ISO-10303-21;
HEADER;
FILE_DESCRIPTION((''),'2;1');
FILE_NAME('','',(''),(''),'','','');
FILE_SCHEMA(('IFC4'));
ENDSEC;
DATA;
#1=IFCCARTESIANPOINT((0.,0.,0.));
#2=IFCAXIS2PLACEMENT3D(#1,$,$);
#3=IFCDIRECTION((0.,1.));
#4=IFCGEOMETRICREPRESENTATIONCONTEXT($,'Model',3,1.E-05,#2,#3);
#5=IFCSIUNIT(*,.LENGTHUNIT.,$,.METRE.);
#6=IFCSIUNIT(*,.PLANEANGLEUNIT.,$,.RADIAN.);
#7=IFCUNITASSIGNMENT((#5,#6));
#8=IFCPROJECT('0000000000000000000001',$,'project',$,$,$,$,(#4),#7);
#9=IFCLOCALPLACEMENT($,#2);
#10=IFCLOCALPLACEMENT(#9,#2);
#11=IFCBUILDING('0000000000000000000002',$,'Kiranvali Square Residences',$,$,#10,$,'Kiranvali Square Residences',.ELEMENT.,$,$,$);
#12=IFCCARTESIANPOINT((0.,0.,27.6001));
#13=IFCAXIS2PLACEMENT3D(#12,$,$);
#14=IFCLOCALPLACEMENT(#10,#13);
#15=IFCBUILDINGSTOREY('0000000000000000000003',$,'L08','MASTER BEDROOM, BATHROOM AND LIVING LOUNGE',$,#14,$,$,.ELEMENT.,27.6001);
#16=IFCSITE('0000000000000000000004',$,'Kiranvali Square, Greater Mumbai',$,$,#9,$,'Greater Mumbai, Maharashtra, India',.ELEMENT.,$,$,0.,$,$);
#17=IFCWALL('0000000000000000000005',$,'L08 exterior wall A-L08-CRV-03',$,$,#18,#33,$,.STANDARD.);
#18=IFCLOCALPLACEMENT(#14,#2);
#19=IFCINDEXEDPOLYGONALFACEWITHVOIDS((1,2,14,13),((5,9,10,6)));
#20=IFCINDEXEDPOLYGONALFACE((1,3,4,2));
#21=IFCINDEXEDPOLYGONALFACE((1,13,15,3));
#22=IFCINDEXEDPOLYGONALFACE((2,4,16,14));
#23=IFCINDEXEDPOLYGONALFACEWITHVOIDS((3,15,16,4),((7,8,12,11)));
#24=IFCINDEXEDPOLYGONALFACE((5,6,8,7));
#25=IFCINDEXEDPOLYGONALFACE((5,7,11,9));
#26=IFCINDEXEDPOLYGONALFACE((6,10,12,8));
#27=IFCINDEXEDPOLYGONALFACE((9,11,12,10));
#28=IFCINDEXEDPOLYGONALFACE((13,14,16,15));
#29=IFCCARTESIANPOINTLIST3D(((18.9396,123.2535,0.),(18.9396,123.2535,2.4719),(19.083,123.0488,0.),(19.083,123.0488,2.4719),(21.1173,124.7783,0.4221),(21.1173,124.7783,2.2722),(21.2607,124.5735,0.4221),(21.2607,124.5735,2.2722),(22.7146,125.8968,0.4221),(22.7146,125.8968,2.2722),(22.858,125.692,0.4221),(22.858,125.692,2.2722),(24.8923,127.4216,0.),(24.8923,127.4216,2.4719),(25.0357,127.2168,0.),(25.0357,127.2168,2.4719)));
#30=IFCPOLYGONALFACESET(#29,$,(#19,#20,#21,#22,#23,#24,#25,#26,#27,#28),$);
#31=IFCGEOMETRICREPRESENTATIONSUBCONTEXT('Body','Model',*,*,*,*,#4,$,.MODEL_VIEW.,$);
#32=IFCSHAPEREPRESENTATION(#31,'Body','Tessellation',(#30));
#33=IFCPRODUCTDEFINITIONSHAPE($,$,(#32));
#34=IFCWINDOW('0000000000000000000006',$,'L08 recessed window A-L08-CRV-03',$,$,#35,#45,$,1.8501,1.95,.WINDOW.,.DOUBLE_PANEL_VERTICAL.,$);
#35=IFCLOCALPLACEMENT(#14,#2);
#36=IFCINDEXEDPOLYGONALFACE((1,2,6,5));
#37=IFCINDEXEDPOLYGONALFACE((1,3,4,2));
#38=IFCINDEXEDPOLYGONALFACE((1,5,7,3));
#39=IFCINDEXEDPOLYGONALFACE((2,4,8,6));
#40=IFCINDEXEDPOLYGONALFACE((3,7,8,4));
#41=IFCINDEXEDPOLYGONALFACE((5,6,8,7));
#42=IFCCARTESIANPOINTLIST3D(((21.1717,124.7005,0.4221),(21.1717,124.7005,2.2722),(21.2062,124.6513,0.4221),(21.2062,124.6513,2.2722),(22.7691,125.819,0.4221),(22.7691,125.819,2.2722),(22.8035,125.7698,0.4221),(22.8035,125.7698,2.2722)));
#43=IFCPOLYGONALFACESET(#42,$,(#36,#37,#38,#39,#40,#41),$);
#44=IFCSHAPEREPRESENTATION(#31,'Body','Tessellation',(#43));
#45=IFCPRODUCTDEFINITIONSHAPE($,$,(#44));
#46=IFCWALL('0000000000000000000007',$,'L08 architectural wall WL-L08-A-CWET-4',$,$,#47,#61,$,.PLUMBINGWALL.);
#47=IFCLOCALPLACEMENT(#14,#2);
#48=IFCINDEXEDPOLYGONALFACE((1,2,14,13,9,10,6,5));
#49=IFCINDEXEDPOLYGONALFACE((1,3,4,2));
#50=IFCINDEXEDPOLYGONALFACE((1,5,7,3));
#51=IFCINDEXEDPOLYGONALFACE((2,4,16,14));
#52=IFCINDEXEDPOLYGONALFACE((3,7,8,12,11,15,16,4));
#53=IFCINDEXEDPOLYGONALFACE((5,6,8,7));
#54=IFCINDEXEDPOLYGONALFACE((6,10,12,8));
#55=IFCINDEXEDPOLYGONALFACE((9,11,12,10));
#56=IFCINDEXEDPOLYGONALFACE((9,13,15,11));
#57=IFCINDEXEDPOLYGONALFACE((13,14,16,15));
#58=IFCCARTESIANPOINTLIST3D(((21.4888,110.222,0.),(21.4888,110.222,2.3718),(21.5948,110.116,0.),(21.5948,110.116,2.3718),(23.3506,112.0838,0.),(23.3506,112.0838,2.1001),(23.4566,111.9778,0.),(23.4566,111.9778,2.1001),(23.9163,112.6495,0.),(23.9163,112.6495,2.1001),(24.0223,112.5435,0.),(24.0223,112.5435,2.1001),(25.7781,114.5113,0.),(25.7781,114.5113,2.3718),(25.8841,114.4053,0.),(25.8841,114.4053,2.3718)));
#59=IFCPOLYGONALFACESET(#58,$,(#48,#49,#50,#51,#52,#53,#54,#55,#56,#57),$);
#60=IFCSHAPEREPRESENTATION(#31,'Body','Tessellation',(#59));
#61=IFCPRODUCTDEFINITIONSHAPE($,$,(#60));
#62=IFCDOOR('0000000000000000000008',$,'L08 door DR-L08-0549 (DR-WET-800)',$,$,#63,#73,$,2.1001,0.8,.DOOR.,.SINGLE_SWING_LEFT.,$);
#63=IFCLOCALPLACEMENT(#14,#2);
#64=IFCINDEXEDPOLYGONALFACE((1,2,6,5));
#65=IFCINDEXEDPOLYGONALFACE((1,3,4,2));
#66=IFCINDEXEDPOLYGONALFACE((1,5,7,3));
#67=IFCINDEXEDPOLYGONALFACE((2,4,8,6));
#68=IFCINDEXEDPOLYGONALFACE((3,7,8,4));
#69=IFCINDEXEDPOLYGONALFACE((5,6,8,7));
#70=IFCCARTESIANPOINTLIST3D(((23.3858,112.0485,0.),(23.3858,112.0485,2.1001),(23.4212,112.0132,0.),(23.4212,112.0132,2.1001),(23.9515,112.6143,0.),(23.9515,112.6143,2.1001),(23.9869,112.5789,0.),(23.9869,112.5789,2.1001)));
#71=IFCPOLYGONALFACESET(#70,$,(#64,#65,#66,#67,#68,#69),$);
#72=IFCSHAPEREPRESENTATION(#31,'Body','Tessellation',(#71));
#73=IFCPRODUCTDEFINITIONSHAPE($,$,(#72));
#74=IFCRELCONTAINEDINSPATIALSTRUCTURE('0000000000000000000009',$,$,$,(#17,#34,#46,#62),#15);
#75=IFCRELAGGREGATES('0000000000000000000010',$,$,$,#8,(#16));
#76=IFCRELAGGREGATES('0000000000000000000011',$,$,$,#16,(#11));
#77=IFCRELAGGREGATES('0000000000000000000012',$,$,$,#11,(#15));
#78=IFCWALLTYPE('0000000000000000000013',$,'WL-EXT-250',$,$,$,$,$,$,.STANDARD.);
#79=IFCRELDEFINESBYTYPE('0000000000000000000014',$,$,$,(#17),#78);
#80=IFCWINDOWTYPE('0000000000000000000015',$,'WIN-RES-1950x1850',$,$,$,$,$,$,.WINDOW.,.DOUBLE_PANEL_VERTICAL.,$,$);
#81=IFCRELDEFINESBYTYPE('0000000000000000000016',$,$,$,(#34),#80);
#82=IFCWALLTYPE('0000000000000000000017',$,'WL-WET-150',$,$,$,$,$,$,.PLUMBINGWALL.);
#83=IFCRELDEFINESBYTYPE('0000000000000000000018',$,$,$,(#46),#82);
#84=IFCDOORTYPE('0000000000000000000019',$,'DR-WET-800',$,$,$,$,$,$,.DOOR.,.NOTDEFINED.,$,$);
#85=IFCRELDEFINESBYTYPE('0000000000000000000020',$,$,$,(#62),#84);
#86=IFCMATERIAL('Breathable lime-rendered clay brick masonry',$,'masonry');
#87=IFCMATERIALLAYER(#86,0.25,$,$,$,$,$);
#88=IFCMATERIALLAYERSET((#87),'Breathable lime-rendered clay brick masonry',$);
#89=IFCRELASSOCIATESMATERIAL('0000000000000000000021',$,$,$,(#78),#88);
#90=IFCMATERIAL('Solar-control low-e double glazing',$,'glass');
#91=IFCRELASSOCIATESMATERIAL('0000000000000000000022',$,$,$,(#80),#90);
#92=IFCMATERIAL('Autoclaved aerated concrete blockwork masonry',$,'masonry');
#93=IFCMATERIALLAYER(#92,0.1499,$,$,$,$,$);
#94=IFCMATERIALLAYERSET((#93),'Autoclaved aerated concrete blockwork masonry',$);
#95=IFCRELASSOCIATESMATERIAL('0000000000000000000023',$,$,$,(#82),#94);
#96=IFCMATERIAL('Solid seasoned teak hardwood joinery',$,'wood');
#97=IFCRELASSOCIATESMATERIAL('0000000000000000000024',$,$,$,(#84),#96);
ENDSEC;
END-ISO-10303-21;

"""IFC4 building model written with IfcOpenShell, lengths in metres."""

from ifc_helpers import new_model, si_unit, direction, frame, frame_2d, origin, place, context, subcontext, project, spatial, rectangle, extrude, material, layer, layer_set, type_object, element, fill, save


model = new_model("IFC4")

# Units and contexts
model_context = context("Model", 3, precision=1e-05, world=origin(), true_north=direction((0.0, 1.0)))
body_context = subcontext(model_context, "Body", "Model", "MODEL_VIEW")
ifc_project = project(units=[si_unit("LENGTHUNIT", "METRE"), si_unit("PLANEANGLEUNIT", "RADIAN")], contexts=[model_context])

# Site, building, storey
site_placement = place(None, origin())
site = spatial("IfcSite", under=ifc_project, at=site_placement, Name="Kiranvali Square, Greater Mumbai", LongName="Greater Mumbai, Maharashtra, India", CompositionType="ELEMENT", RefElevation=0.0)
building_placement = place(site_placement, origin())
building = spatial("IfcBuilding", under=site, at=building_placement, Name="Kiranvali Square Residences", LongName="Kiranvali Square Residences", CompositionType="ELEMENT")
storey_placement = place(building_placement, frame((0.0, 0.0, 27.6001)))
storey = spatial("IfcBuildingStorey", under=building, at=storey_placement, Name="L08", Description="MASTER BEDROOM, BATHROOM AND LIVING LOUNGE", CompositionType="ELEMENT", Elevation=27.6001)

# Wall, opening, window
ifc_material_1 = material(Name="Breathable lime-rendered clay brick masonry", Category="masonry")
ifc_layer_1 = layer(ifc_material_1, 0.25)
ifc_layer_set_1 = layer_set([ifc_layer_1], Name="Breathable lime-rendered clay brick masonry")
wall_type_1 = type_object("IfcWallType", Name="WL-EXT-250", PredefinedType="STANDARD", material=ifc_layer_set_1)
wall_1_placement = place(storey_placement, frame((24.9639, 127.3191, 0.0), z_axis=(0.0, 0.0, 1.0), x_axis=(-0.819159, -0.573566, 0.0)))
wall_1 = element("IfcWall", 1, at=wall_1_placement, inside=storey, type_object=wall_type_1, Name="L08 exterior wall A-L08-CRV-03", PredefinedType="STANDARD", context=body_context, shape_type="SweptSolid", body=[
    extrude(rectangle(XDim=7.2668, YDim=0.25, at=frame_2d((3.6333, 0.0))), origin(), (0.0, 0.0, 1.0), 2.4719),
])
opening_1_placement = place(wall_1_placement, frame((2.6582, 0.0, 0.4221)))
opening_1 = element("IfcOpeningElement", 2, at=opening_1_placement, cuts=wall_1, PredefinedType="OPENING", context=body_context, shape_type="SweptSolid", body=[
    extrude(rectangle(XDim=1.95, YDim=1.8501, at=frame_2d((0.9751, 0.925))), frame((0.0, 0.135, 0.0), z_axis=(0.0, -1.0, 0.0), x_axis=(1.0, 0.0, 0.0)), (0.0, 0.0, 1.0), 0.27),
])
ifc_material_2 = material(Name="Solar-control low-e double glazing", Category="glass")
window_type = type_object("IfcWindowType", Name="WIN-RES-1950x1850", PartitioningType="DOUBLE_PANEL_VERTICAL", PredefinedType="WINDOW", material=ifc_material_2)
window_placement = place(opening_1_placement, origin())
window = element("IfcWindow", 3, at=window_placement, inside=storey, type_object=window_type, Name="L08 recessed window A-L08-CRV-03", OverallHeight=1.8501, OverallWidth=1.95, PartitioningType="DOUBLE_PANEL_VERTICAL", PredefinedType="WINDOW", context=body_context, shape_type="SweptSolid", body=[
    extrude(rectangle(XDim=1.95, YDim=1.8501, at=frame_2d((0.9751, 0.925))), frame((0.0, 0.03, 0.0), z_axis=(0.0, -1.0, 0.0), x_axis=(1.0, 0.0, 0.0)), (0.0, 0.0, 1.0), 0.0601),
])
fill(opening_1, window)

# Wall, opening, door
ifc_material_3 = material(Name="Autoclaved aerated concrete blockwork masonry", Category="masonry")
ifc_layer_2 = layer(ifc_material_3, 0.1499)
ifc_layer_set_2 = layer_set([ifc_layer_2], Name="Autoclaved aerated concrete blockwork masonry")
wall_type_2 = type_object("IfcWallType", Name="WL-WET-150", PredefinedType="PLUMBINGWALL", material=ifc_layer_set_2)
wall_2_placement = place(storey_placement, frame((25.8311, 114.4583, 0.0), z_axis=(0.0, 0.0, 1.0), x_axis=(-0.707107, -0.707107, 0.0)))
wall_2 = element("IfcWall", 4, at=wall_2_placement, inside=storey, type_object=wall_type_2, Name="L08 architectural wall WL-L08-A-CWET-4", PredefinedType="PLUMBINGWALL", context=body_context, shape_type="SweptSolid", body=[
    extrude(rectangle(XDim=6.0659, YDim=0.1499, at=frame_2d((3.033, 0.0))), origin(), (0.0, 0.0, 1.0), 2.3718),
])
opening_2_placement = place(wall_2_placement, frame((2.6331, 0.0, 0.0)))
opening_2 = element("IfcOpeningElement", 5, at=opening_2_placement, cuts=wall_2, PredefinedType="OPENING", context=body_context, shape_type="SweptSolid", body=[
    extrude(rectangle(XDim=0.8, YDim=2.1001, at=frame_2d((0.3999, 1.05))), frame((0.0, 0.085, 0.0), z_axis=(0.0, -1.0, 0.0), x_axis=(1.0, 0.0, 0.0)), (0.0, 0.0, 1.0), 0.1699),
])
ifc_material_4 = material(Name="Solid seasoned teak hardwood joinery", Category="wood")
door_type = type_object("IfcDoorType", Name="DR-WET-800", OperationType="NOTDEFINED", PredefinedType="DOOR", material=ifc_material_4)
door_placement = place(opening_2_placement, origin())
door = element("IfcDoor", 6, at=door_placement, inside=storey, type_object=door_type, Name="L08 door DR-L08-0549 (DR-WET-800)", OperationType="SINGLE_SWING_LEFT", OverallHeight=2.1001, OverallWidth=0.8, PredefinedType="DOOR", context=body_context, shape_type="SweptSolid", body=[
    extrude(rectangle(XDim=0.8, YDim=2.1001, at=frame_2d((0.3999, 1.05))), frame((0.0, 0.0249, 0.0), z_axis=(0.0, -1.0, 0.0), x_axis=(1.0, 0.0, 0.0)), (0.0, 0.0, 1.0), 0.05),
])
fill(opening_2, door)

save(model, "model.ifc")
